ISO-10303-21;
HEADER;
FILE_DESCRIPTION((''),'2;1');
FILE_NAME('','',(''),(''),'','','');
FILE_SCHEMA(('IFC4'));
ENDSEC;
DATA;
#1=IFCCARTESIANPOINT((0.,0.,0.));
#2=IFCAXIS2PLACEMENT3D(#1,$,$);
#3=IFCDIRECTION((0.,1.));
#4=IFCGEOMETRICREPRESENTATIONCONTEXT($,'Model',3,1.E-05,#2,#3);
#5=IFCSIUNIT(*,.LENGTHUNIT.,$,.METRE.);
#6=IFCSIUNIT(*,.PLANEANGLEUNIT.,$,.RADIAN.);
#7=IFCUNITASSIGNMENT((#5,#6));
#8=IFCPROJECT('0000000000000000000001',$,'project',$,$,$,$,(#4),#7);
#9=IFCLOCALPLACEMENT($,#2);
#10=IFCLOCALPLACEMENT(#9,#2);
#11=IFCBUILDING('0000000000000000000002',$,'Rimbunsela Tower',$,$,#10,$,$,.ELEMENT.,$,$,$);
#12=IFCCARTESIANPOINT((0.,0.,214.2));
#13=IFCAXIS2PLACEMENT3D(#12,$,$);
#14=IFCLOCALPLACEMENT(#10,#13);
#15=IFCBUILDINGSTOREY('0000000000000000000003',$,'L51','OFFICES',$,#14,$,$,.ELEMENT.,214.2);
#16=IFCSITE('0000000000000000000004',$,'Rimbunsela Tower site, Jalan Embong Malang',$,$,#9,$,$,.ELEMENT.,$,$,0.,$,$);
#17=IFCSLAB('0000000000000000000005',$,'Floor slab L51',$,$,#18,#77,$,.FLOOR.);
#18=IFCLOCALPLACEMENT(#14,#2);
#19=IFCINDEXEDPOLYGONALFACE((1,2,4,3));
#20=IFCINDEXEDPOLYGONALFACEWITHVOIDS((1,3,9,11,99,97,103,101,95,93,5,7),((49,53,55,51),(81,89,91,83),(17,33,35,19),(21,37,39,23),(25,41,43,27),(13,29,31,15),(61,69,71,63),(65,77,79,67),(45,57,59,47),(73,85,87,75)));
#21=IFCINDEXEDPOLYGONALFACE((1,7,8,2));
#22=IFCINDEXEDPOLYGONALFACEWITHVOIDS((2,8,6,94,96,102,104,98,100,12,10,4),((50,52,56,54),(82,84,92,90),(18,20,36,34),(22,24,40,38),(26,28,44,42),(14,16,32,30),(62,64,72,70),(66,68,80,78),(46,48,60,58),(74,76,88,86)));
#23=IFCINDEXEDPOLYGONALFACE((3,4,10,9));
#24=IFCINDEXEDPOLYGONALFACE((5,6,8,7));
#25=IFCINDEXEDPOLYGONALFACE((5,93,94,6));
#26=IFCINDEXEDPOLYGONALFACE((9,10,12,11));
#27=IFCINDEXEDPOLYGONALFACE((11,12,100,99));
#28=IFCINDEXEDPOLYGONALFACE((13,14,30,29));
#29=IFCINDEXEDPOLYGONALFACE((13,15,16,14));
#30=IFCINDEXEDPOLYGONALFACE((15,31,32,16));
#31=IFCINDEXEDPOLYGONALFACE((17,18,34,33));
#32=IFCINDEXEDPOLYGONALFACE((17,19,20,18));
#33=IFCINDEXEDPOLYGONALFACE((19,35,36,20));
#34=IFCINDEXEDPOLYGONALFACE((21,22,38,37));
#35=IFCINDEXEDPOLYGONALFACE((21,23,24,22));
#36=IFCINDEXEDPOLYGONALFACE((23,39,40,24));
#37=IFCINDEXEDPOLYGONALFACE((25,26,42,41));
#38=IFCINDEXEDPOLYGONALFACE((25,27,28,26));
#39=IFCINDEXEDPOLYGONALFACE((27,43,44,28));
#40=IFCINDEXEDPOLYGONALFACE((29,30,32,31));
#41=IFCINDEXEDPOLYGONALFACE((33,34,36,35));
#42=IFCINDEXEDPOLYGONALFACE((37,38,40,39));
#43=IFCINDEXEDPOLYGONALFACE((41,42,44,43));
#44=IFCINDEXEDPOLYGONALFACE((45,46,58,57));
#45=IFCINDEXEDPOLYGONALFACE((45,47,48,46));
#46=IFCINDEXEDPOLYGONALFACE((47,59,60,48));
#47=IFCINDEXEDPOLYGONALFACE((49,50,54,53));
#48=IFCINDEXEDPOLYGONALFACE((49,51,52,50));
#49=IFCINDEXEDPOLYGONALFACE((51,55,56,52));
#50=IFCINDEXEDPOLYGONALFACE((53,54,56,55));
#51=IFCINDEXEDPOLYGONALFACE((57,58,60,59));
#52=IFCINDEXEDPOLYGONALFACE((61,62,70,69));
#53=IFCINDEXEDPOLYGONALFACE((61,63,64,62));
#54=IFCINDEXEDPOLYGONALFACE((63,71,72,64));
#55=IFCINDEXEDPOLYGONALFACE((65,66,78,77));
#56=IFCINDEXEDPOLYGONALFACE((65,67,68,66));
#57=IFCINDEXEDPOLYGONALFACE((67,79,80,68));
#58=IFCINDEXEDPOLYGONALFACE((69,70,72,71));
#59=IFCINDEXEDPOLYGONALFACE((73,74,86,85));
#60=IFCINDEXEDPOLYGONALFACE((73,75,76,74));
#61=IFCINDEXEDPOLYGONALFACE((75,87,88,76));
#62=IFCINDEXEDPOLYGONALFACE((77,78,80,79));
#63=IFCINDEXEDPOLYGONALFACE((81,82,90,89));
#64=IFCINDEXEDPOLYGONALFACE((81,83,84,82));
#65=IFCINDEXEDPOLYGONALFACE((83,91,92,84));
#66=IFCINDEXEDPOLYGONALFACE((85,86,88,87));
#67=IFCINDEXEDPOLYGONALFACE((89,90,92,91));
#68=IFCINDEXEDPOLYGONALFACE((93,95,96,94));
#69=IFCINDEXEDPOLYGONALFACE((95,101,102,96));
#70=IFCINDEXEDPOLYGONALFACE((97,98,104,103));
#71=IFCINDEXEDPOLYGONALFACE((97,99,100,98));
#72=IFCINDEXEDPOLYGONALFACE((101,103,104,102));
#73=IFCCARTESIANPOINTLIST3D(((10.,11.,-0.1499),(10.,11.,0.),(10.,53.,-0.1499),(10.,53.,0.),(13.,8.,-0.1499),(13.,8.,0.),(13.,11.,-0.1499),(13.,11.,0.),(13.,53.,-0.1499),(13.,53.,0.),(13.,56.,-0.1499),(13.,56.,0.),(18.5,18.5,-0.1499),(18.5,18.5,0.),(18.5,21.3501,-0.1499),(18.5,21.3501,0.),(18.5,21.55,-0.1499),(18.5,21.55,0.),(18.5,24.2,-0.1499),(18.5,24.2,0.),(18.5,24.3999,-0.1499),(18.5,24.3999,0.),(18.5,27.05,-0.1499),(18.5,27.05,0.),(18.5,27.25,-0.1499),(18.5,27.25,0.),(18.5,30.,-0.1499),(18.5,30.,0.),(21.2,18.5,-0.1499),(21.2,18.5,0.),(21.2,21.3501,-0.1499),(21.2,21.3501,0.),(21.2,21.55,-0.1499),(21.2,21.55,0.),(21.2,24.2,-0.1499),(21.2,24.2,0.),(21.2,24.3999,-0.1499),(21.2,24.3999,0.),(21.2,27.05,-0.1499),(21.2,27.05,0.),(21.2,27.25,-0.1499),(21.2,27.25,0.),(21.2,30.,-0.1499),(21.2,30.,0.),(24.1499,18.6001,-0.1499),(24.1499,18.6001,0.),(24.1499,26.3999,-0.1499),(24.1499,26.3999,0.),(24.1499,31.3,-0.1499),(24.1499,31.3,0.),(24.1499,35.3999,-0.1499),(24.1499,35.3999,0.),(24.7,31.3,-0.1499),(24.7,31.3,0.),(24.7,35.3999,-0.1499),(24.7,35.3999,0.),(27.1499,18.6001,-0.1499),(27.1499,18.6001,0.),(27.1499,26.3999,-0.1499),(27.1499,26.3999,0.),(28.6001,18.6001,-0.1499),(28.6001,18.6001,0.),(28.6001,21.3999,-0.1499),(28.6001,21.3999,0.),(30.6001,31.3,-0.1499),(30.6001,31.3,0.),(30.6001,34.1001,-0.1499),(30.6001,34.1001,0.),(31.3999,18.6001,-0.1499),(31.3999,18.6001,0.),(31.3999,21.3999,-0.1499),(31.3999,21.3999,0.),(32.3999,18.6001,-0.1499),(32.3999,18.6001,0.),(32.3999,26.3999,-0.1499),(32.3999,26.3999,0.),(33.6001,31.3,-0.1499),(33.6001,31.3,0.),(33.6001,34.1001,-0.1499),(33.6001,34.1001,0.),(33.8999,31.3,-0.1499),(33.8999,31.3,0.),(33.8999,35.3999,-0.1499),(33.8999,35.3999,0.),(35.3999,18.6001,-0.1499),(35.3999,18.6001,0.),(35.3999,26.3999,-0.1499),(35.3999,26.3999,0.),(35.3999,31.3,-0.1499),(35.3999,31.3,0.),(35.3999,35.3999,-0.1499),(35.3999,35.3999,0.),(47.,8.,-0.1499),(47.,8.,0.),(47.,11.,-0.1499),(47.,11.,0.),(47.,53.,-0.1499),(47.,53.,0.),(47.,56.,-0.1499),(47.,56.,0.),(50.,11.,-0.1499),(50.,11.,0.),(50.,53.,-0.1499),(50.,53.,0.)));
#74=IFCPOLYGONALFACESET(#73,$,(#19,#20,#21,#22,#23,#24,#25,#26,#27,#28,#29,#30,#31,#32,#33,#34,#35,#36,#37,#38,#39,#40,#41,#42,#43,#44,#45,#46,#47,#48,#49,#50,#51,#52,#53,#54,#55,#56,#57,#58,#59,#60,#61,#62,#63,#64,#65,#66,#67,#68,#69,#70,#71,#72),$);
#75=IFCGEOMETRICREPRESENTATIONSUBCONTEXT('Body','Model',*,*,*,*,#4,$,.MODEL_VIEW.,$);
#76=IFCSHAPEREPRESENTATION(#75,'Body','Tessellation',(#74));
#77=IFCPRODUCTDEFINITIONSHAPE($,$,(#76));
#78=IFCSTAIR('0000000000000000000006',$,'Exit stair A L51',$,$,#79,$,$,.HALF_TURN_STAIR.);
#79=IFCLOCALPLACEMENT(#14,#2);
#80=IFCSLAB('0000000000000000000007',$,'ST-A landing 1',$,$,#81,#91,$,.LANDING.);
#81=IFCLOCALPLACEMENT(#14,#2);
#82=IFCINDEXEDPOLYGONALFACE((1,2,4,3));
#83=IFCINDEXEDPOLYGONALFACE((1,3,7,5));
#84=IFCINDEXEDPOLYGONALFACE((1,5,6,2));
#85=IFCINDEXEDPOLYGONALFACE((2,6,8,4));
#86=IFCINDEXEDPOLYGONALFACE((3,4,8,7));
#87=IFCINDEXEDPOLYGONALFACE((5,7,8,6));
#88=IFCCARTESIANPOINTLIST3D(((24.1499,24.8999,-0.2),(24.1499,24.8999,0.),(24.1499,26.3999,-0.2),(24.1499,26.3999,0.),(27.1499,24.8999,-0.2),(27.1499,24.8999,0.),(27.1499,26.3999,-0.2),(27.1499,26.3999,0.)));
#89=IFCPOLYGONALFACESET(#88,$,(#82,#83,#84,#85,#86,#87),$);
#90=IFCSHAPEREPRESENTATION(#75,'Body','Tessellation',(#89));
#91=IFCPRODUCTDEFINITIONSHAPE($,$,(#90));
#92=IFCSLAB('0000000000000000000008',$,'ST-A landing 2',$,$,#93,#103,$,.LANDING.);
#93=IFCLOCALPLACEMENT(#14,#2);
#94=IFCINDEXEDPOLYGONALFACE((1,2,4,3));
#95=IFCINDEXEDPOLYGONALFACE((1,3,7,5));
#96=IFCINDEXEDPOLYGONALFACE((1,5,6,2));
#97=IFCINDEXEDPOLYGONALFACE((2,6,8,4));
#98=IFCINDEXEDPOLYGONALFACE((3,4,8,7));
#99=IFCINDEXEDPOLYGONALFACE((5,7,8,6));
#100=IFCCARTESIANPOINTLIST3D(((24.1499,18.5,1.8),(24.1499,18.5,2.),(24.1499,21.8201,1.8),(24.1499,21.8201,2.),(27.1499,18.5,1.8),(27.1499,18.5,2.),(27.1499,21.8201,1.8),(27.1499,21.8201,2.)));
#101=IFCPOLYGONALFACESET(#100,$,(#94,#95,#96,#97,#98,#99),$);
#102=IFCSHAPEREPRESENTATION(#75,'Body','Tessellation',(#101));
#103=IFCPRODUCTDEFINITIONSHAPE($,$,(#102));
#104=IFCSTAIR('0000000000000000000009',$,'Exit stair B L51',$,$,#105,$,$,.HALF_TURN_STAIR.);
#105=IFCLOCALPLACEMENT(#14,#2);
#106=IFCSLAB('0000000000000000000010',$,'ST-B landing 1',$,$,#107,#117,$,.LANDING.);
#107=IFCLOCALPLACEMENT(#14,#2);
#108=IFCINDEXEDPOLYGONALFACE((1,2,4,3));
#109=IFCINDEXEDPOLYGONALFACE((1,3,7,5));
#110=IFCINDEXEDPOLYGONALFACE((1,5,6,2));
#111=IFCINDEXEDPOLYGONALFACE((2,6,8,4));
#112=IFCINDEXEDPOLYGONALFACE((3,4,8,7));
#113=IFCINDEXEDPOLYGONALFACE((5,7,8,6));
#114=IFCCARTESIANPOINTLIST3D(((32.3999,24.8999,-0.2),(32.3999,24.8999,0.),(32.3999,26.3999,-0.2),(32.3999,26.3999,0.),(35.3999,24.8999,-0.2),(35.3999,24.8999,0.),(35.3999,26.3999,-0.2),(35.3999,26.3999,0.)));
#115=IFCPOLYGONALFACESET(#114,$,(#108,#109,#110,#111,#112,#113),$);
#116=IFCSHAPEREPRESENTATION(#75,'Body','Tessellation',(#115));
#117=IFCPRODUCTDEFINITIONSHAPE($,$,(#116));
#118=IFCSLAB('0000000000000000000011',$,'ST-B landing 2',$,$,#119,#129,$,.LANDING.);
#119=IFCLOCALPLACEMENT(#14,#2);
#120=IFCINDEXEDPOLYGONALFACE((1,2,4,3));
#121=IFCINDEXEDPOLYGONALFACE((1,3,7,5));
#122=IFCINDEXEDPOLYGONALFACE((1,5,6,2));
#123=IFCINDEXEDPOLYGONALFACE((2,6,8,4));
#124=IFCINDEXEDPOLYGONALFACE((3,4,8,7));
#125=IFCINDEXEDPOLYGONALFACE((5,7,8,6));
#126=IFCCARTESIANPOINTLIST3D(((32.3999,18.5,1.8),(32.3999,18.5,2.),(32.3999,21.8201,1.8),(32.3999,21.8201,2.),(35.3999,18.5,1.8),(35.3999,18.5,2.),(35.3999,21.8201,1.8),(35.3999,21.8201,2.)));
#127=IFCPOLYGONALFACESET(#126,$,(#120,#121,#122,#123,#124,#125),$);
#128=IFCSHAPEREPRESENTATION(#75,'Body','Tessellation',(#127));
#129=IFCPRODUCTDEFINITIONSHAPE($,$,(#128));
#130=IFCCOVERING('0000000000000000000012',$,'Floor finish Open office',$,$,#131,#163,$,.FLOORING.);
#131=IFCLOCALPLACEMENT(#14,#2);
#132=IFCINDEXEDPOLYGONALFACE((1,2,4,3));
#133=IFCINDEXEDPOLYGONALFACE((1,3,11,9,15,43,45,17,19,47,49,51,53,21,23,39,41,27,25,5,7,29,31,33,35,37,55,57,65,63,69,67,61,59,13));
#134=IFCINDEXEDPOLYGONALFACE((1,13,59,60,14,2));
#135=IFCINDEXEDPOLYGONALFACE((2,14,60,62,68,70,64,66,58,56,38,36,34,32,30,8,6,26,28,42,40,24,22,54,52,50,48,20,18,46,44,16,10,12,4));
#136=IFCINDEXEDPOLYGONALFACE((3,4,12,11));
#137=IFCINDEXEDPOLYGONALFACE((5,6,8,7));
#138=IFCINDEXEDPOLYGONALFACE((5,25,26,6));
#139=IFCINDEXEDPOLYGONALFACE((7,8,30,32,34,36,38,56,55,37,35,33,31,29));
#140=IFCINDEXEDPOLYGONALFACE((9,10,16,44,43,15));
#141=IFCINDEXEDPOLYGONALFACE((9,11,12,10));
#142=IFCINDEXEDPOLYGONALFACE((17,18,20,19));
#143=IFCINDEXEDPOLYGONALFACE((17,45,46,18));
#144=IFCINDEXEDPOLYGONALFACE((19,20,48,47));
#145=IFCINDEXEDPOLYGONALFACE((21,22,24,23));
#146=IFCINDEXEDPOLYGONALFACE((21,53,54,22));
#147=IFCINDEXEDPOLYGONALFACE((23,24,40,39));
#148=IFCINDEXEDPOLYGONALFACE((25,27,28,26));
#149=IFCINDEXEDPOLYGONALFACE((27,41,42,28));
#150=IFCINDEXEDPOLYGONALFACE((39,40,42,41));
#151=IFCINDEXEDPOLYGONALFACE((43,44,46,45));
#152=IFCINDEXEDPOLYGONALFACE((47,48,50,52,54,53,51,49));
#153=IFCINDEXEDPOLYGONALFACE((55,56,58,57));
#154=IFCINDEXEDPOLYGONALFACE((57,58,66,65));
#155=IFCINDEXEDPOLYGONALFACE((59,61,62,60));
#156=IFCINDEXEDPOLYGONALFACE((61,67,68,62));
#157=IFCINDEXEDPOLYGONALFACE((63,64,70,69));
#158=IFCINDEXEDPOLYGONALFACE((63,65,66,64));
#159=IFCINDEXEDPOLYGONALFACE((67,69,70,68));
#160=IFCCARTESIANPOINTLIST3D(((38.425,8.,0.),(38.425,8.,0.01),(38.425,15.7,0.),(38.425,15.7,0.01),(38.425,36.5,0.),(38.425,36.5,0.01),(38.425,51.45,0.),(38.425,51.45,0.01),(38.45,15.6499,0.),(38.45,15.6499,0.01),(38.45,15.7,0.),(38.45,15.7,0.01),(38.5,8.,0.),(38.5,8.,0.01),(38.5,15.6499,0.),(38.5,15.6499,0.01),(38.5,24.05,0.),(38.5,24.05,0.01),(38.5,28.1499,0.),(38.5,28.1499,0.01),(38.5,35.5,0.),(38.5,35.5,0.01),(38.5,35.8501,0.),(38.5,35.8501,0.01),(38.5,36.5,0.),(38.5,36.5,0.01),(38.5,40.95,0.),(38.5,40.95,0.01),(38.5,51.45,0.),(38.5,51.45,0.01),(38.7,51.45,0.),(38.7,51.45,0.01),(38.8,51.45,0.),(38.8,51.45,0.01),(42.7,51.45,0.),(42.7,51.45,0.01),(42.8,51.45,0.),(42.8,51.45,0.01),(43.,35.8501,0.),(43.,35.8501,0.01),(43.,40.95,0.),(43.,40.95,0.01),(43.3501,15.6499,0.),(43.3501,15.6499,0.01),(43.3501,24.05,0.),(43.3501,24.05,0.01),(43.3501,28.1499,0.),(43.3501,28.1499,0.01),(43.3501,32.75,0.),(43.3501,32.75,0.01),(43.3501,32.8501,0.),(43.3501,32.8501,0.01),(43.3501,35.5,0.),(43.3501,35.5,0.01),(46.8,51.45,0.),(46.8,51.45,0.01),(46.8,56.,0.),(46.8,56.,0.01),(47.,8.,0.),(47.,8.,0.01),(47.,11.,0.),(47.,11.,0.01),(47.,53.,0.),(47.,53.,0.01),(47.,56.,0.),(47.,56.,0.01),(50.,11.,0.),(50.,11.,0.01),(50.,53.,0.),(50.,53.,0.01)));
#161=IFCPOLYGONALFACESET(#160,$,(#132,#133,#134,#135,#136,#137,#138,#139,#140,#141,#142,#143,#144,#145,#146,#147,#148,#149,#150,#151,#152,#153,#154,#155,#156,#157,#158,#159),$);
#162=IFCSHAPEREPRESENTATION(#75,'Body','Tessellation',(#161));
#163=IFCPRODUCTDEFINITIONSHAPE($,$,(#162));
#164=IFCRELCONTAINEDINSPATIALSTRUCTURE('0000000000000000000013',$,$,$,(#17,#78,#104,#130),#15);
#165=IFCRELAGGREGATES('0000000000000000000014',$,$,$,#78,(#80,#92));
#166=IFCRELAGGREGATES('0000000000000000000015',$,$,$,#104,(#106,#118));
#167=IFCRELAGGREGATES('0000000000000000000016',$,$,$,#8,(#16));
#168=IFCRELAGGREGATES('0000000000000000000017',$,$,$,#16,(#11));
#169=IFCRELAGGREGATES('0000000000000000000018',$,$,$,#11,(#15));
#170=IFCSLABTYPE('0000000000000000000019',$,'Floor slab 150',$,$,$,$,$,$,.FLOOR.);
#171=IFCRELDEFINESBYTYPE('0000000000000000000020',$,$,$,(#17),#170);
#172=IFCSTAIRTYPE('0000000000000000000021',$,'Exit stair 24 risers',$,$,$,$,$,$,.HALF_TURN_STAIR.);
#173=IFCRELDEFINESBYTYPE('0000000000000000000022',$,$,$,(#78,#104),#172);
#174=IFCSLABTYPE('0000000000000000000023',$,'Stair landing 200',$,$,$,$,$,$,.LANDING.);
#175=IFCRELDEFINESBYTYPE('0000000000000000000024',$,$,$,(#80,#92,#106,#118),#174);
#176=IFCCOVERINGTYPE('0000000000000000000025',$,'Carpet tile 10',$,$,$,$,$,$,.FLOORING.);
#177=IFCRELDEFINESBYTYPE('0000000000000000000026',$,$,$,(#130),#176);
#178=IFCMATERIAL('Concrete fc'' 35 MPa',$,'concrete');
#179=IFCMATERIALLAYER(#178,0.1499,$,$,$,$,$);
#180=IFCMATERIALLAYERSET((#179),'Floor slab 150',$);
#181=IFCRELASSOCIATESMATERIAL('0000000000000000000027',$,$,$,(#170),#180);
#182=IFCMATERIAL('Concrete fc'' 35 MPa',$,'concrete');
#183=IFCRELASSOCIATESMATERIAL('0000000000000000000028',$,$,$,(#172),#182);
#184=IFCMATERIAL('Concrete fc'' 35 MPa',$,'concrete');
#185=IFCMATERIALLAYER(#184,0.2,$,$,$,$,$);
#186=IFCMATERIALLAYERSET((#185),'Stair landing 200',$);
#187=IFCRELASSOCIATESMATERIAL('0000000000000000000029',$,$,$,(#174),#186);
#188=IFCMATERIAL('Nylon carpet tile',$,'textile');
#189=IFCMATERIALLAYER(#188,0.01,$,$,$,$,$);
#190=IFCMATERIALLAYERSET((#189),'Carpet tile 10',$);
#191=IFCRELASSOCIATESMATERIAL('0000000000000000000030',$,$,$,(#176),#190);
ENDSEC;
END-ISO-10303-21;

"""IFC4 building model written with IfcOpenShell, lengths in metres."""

from ifc_helpers import new_model, si_unit, direction, frame, origin, place, context, subcontext, project, spatial, polyline, outline, extrude, material, layer, layer_set, type_object, element, aggregate, save


model = new_model("IFC4")

# Units and contexts
model_context = context("Model", 3, precision=1e-05, world=origin(), true_north=direction((0.0, 1.0)))
body_context = subcontext(model_context, "Body", "Model", "MODEL_VIEW")
ifc_project = project(units=[si_unit("LENGTHUNIT", "METRE"), si_unit("PLANEANGLEUNIT", "RADIAN")], contexts=[model_context])

# Site, building, storey
site_placement = place(None, origin())
site = spatial("IfcSite", under=ifc_project, at=site_placement, Name="Rimbunsela Tower site, Jalan Embong Malang", CompositionType="ELEMENT", RefElevation=0.0)
building_placement = place(site_placement, origin())
building = spatial("IfcBuilding", under=site, at=building_placement, Name="Rimbunsela Tower", CompositionType="ELEMENT")
storey_placement = place(building_placement, frame((0.0, 0.0, 214.2)))
storey = spatial("IfcBuildingStorey", under=building, at=storey_placement, Name="L51", Description="OFFICES", CompositionType="ELEMENT", Elevation=214.2)

# Slab
ifc_material_1 = material(Name="Concrete fc' 35 MPa", Category="concrete")
ifc_layer_1 = layer(ifc_material_1, 0.1499)
ifc_layer_set_1 = layer_set([ifc_layer_1], Name="Floor slab 150")
slab_type_1 = type_object("IfcSlabType", Name="Floor slab 150", PredefinedType="FLOOR", material=ifc_layer_set_1)
slab_1_placement = place(storey_placement, frame((0.0, 0.0, -0.1499)))
element("IfcSlab", 1, at=slab_1_placement, inside=storey, type_object=slab_type_1, Name="Floor slab L51", PredefinedType="FLOOR", context=body_context, shape_type="SweptSolid", body=[
    extrude(outline(polyline([(13.0, 8.0), (47.0, 8.0), (47.0, 11.0), (50.0, 11.0), (50.0, 53.0), (47.0, 53.0), (47.0, 56.0), (13.0, 56.0), (13.0, 53.0), (10.0, 53.0), (10.0, 11.0), (13.0, 11.0), (13.0, 8.0)]), holes=[polyline([(21.2, 21.3501), (18.5, 21.3501), (18.5, 18.5), (21.2, 18.5), (21.2, 21.3501)]), polyline([(21.2, 21.55), (21.2, 24.2), (18.5, 24.2), (18.5, 21.55), (21.2, 21.55)]), polyline([(21.2, 27.05), (18.5, 27.05), (18.5, 24.3999), (21.2, 24.3999), (21.2, 27.05)]), polyline([(21.2, 30.0), (18.5, 30.0), (18.5, 27.25), (21.2, 27.25), (21.2, 30.0)]), polyline([(27.1499, 26.3999), (24.1499, 26.3999), (24.1499, 18.6001), (27.1499, 18.6001), (27.1499, 26.3999)]), polyline([(24.7, 31.3), (24.7, 35.3999), (24.1499, 35.3999), (24.1499, 31.3), (24.7, 31.3)]), polyline([(31.3999, 21.3999), (28.6001, 21.3999), (28.6001, 18.6001), (31.3999, 18.6001), (31.3999, 21.3999)]), polyline([(33.6001, 34.1001), (30.6001, 34.1001), (30.6001, 31.3), (33.6001, 31.3), (33.6001, 34.1001)]), polyline([(35.3999, 18.6001), (35.3999, 26.3999), (32.3999, 26.3999), (32.3999, 18.6001), (35.3999, 18.6001)]), polyline([(35.3999, 31.3), (35.3999, 35.3999), (33.8999, 35.3999), (33.8999, 31.3), (35.3999, 31.3)])]), origin(), (0.0, 0.0, 1.0), 0.1499),
])

# Stairs, slabs
ifc_material_2 = material(Name="Concrete fc' 35 MPa", Category="concrete")
stair_type = type_object("IfcStairType", Name="Exit stair 24 risers", PredefinedType="HALF_TURN_STAIR", material=ifc_material_2)
stair_1_placement = place(storey_placement, origin())
stair_1 = element("IfcStair", 2, at=stair_1_placement, inside=storey, type_object=stair_type, Name="Exit stair A L51", PredefinedType="HALF_TURN_STAIR")
ifc_material_3 = material(Name="Concrete fc' 35 MPa", Category="concrete")
ifc_layer_2 = layer(ifc_material_3, 0.2)
ifc_layer_set_2 = layer_set([ifc_layer_2], Name="Stair landing 200")
slab_type_2 = type_object("IfcSlabType", Name="Stair landing 200", PredefinedType="LANDING", material=ifc_layer_set_2)
slab_2_placement = place(storey_placement, frame((0.0, 0.0, -0.2)))
slab_2 = element("IfcSlab", 3, at=slab_2_placement, type_object=slab_type_2, Name="ST-A landing 1", PredefinedType="LANDING", context=body_context, shape_type="SweptSolid", body=[
    extrude(outline(polyline([(24.1499, 24.8999), (27.1499, 24.8999), (27.1499, 26.3999), (24.1499, 26.3999), (24.1499, 24.8999)])), origin(), (0.0, 0.0, 1.0), 0.2),
])
slab_3_placement = place(storey_placement, frame((0.0, 0.0, 1.8)))
slab_3 = element("IfcSlab", 4, at=slab_3_placement, type_object=slab_type_2, Name="ST-A landing 2", PredefinedType="LANDING", context=body_context, shape_type="SweptSolid", body=[
    extrude(outline(polyline([(24.1499, 18.5), (27.1499, 18.5), (27.1499, 21.8201), (24.1499, 21.8201), (24.1499, 18.5)])), origin(), (0.0, 0.0, 1.0), 0.2),
])
aggregate(stair_1, [slab_2, slab_3])
stair_2_placement = place(storey_placement, origin())
stair_2 = element("IfcStair", 5, at=stair_2_placement, inside=storey, type_object=stair_type, Name="Exit stair B L51", PredefinedType="HALF_TURN_STAIR")
slab_4_placement = place(storey_placement, frame((0.0, 0.0, -0.2)))
slab_4 = element("IfcSlab", 6, at=slab_4_placement, type_object=slab_type_2, Name="ST-B landing 1", PredefinedType="LANDING", context=body_context, shape_type="SweptSolid", body=[
    extrude(outline(polyline([(32.3999, 24.8999), (35.3999, 24.8999), (35.3999, 26.3999), (32.3999, 26.3999), (32.3999, 24.8999)])), origin(), (0.0, 0.0, 1.0), 0.2),
])
slab_5_placement = place(storey_placement, frame((0.0, 0.0, 1.8)))
slab_5 = element("IfcSlab", 7, at=slab_5_placement, type_object=slab_type_2, Name="ST-B landing 2", PredefinedType="LANDING", context=body_context, shape_type="SweptSolid", body=[
    extrude(outline(polyline([(32.3999, 18.5), (35.3999, 18.5), (35.3999, 21.8201), (32.3999, 21.8201), (32.3999, 18.5)])), origin(), (0.0, 0.0, 1.0), 0.2),
])
aggregate(stair_2, [slab_4, slab_5])

# Covering
ifc_material_4 = material(Name="Nylon carpet tile", Category="textile")
ifc_layer_3 = layer(ifc_material_4, 0.01)
ifc_layer_set_3 = layer_set([ifc_layer_3], Name="Carpet tile 10")
covering_type_1 = type_object("IfcCoveringType", Name="Carpet tile 10", PredefinedType="FLOORING", material=ifc_layer_set_3)
covering_1_placement = place(storey_placement, origin())
element("IfcCovering", 8, at=covering_1_placement, inside=storey, type_object=covering_type_1, Name="Floor finish Open office", PredefinedType="FLOORING", context=body_context, shape_type="SweptSolid", body=[
    extrude(outline(polyline([(38.425, 51.45), (38.5, 51.45), (38.7, 51.45), (38.8, 51.45), (42.7, 51.45), (42.8, 51.45), (46.8, 51.45), (46.8, 56.0), (47.0, 56.0), (47.0, 53.0), (50.0, 53.0), (50.0, 11.0), (47.0, 11.0), (47.0, 8.0), (38.5, 8.0), (38.425, 8.0), (38.425, 15.7), (38.45, 15.7), (38.45, 15.6499), (38.5, 15.6499), (43.3501, 15.6499), (43.3501, 24.05), (38.5, 24.05), (38.5, 28.1499), (43.3501, 28.1499), (43.3501, 32.75), (43.3501, 32.8501), (43.3501, 35.5), (38.5, 35.5), (38.5, 35.8501), (43.0, 35.8501), (43.0, 40.95), (38.5, 40.95), (38.5, 36.5), (38.425, 36.5), (38.425, 51.45)])), origin(), (0.0, 0.0, 1.0), 0.01),
])

save(model, "model.ifc")
